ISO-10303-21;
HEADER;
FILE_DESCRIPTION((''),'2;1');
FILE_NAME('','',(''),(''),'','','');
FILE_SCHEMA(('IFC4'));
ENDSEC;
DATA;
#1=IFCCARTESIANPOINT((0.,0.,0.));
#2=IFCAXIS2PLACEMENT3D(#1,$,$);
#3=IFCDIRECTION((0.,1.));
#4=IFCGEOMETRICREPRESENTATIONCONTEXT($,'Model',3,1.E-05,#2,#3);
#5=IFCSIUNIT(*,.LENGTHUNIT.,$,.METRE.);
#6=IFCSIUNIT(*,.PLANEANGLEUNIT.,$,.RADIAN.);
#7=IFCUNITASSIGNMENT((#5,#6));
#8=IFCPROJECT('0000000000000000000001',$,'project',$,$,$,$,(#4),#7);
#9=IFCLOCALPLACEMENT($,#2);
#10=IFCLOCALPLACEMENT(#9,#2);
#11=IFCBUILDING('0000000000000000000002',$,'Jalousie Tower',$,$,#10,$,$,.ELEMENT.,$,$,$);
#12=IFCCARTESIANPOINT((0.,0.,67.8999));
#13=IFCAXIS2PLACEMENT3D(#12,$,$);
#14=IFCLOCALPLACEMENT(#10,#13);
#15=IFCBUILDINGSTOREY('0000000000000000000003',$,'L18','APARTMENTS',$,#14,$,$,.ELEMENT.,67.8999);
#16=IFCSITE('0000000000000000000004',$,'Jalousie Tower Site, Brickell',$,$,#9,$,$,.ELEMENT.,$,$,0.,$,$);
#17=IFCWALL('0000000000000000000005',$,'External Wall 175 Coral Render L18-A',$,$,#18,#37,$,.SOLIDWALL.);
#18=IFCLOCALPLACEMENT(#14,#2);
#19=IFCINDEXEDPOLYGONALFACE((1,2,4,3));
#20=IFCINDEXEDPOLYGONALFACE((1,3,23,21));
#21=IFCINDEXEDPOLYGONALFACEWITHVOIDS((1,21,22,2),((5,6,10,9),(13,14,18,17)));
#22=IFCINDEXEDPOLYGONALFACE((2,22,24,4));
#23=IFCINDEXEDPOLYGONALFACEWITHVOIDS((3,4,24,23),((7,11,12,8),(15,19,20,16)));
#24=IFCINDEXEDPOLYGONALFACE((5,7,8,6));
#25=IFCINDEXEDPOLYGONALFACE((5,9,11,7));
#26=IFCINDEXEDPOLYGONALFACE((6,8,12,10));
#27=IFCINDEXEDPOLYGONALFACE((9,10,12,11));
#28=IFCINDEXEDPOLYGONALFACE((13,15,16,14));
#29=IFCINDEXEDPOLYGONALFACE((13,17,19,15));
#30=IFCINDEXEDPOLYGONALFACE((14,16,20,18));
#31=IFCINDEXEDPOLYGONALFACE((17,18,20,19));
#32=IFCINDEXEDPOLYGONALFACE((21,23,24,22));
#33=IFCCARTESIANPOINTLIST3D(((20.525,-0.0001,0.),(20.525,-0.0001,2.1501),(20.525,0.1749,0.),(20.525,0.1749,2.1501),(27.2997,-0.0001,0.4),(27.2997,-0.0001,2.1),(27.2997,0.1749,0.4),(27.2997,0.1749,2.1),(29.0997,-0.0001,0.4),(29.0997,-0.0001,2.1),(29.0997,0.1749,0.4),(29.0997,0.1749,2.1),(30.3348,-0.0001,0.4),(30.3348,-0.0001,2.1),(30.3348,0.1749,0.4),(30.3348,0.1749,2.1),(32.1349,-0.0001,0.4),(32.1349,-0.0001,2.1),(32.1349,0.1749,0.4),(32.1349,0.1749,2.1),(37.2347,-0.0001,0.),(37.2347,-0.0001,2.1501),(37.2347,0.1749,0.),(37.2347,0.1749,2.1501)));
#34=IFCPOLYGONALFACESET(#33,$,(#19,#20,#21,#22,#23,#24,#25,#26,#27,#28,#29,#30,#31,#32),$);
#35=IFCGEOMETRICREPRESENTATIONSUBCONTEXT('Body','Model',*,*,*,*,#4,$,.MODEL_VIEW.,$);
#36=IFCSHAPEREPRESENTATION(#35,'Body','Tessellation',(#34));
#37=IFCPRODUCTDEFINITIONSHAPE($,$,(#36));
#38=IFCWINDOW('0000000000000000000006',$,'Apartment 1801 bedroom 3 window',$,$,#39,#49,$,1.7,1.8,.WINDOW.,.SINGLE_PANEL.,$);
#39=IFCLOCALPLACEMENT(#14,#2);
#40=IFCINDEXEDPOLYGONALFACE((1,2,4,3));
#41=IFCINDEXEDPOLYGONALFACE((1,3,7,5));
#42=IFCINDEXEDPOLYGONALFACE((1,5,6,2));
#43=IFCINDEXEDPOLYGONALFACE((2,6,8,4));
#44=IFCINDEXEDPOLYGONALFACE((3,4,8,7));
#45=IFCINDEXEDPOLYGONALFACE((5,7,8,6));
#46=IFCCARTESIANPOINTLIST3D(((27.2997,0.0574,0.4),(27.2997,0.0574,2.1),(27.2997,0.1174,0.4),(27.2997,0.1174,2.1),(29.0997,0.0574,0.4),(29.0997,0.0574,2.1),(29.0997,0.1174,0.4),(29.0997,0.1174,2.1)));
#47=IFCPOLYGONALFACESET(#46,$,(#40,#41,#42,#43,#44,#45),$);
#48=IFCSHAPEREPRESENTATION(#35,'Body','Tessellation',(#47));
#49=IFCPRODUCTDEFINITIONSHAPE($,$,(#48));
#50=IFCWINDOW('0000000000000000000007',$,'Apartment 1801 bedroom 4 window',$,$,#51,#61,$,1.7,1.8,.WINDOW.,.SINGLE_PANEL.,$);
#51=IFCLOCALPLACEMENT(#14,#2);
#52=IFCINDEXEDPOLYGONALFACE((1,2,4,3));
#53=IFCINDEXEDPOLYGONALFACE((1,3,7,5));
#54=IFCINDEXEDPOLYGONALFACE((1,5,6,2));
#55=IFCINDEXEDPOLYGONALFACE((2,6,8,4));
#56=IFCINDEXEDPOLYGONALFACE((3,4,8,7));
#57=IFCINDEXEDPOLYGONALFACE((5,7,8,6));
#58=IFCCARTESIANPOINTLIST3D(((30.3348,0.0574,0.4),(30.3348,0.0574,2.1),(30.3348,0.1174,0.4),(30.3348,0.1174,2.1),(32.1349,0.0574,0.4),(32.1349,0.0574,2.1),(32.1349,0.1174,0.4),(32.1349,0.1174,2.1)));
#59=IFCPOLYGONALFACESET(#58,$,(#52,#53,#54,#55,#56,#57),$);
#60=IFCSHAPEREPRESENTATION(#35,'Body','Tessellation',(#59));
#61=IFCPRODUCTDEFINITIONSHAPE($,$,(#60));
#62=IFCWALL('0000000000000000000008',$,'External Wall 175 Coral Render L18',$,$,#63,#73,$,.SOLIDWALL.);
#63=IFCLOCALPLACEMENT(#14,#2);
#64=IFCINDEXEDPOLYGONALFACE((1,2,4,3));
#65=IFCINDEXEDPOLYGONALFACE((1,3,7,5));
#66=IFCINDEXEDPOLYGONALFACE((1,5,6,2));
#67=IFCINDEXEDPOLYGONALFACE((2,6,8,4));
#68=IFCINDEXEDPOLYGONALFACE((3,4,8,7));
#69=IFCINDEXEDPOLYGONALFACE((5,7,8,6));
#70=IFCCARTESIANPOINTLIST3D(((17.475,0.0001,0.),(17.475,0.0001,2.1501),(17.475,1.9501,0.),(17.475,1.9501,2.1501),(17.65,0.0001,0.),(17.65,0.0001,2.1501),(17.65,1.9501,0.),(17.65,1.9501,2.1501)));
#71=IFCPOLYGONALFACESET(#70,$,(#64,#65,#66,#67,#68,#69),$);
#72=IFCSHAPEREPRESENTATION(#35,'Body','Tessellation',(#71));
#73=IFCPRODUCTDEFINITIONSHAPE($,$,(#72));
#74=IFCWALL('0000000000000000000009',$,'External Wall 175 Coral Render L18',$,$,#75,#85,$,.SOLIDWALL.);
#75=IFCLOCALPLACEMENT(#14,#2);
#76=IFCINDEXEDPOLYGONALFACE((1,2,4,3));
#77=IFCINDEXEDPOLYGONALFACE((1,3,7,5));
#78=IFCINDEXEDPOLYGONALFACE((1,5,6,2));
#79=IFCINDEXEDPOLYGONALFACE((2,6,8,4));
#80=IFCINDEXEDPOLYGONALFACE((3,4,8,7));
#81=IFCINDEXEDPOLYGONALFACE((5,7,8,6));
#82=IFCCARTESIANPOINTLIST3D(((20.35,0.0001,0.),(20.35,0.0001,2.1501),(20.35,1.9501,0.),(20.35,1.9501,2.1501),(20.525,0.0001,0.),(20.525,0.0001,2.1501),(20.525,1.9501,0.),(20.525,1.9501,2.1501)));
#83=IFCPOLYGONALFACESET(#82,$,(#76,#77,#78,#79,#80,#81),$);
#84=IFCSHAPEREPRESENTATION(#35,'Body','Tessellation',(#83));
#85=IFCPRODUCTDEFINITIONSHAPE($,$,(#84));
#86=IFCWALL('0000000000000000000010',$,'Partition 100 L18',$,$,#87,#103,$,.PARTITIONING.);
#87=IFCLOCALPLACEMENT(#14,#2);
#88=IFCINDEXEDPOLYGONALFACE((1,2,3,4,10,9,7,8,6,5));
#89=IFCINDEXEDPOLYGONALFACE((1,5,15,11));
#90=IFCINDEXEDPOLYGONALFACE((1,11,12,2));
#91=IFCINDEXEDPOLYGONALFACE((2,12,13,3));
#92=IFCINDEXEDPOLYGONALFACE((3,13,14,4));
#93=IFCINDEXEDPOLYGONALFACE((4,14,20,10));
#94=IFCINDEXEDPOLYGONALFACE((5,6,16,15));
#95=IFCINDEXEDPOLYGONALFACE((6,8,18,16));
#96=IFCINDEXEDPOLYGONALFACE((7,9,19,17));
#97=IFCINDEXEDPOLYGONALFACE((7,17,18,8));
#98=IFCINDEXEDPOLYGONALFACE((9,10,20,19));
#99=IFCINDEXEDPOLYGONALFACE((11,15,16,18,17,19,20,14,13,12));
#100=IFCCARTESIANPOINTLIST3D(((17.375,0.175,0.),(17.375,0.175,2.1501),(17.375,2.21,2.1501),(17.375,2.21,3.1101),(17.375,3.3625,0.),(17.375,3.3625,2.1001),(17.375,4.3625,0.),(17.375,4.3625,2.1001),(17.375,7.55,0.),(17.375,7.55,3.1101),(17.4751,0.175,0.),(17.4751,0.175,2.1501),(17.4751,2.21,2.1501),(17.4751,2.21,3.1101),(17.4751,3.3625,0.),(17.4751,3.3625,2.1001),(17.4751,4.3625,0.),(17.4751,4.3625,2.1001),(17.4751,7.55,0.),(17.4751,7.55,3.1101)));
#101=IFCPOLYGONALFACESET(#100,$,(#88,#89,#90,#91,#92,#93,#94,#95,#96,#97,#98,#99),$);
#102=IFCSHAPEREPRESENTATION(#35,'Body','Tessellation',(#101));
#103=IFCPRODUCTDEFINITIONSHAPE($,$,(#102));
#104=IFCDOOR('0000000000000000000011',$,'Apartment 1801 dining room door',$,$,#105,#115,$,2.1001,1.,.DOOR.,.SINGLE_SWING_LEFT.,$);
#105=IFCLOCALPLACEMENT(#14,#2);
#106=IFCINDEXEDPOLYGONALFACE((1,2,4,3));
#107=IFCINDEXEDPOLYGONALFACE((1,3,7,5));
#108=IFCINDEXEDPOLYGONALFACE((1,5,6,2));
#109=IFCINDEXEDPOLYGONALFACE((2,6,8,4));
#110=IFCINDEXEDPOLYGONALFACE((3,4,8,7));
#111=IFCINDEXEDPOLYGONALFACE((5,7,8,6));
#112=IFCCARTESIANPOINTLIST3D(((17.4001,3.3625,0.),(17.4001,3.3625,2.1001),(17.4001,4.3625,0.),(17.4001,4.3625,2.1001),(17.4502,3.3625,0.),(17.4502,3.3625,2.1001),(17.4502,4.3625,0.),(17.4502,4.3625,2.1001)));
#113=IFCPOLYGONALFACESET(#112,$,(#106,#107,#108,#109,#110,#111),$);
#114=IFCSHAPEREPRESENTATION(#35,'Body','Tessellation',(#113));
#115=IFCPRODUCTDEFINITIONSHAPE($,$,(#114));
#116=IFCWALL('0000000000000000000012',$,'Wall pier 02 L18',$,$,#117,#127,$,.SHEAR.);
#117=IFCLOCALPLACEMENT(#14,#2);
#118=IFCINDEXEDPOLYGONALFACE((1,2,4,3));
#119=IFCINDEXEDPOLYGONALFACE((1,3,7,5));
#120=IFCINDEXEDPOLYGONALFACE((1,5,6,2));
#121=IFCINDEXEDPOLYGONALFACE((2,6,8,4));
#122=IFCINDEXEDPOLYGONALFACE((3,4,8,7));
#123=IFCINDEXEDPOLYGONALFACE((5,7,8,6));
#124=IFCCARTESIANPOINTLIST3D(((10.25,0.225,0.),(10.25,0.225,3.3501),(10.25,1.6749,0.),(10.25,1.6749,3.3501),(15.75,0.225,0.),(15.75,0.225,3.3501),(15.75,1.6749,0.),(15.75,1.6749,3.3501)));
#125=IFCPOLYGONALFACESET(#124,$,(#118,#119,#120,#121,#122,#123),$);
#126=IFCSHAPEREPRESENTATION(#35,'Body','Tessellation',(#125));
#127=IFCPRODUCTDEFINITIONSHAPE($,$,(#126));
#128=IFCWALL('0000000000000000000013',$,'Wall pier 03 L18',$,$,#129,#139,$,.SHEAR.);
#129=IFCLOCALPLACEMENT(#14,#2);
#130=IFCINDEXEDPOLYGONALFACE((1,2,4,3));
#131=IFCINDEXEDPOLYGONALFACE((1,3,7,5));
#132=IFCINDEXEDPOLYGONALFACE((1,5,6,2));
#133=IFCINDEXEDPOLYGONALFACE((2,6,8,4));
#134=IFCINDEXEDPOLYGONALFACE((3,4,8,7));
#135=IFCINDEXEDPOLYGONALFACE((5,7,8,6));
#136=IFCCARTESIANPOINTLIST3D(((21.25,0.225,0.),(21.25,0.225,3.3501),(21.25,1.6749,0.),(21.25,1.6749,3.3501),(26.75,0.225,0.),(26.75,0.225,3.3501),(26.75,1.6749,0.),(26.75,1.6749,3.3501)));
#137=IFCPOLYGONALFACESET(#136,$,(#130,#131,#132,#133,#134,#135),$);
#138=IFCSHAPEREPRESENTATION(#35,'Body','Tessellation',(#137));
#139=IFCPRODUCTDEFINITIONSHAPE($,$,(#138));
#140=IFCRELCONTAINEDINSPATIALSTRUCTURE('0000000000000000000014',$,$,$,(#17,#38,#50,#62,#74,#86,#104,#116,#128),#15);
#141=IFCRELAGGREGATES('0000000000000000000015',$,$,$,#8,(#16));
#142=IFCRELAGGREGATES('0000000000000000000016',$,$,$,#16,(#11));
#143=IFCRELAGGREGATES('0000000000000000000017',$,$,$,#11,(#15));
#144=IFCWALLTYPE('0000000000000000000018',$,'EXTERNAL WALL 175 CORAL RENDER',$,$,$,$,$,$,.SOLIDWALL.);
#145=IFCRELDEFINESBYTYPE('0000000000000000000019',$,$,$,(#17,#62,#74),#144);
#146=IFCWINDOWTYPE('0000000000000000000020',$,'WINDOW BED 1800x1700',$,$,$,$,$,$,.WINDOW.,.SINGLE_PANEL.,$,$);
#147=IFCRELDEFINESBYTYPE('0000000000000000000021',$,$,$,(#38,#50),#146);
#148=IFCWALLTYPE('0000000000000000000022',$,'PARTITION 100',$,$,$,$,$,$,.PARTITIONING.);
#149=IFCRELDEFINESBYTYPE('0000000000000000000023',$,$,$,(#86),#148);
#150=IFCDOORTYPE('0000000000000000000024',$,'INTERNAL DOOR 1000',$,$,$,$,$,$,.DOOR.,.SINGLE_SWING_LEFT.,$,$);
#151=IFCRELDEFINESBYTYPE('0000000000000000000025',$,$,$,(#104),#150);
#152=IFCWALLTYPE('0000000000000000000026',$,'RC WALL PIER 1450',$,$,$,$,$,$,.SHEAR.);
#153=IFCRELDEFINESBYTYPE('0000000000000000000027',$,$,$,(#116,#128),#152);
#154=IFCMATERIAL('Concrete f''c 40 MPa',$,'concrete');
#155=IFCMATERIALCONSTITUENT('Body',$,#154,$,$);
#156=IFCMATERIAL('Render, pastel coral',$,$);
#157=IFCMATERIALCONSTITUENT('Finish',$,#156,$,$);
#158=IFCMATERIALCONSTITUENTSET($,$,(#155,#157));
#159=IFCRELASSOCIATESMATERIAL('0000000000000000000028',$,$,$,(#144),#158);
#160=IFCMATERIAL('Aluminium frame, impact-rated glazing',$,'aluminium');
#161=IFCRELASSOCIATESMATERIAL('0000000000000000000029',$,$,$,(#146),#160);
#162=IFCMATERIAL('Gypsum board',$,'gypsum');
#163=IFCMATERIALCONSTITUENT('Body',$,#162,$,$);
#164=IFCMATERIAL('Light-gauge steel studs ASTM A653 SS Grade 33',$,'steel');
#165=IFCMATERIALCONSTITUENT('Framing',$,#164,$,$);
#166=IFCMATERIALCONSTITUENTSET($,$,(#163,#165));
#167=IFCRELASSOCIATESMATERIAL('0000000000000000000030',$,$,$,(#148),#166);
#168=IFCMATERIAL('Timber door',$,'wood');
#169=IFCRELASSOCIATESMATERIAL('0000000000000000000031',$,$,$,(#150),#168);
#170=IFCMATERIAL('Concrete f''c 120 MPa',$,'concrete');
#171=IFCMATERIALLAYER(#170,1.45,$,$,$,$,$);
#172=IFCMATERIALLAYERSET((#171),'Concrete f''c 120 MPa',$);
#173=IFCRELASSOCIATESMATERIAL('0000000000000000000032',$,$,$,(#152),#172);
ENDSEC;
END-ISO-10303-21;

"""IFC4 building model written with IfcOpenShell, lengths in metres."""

from ifc_helpers import new_model, si_unit, direction, frame, frame_2d, origin, place, context, subcontext, project, spatial, polyline, rectangle, outline, extrude, material, layer, layer_set, constituent, constituent_set, type_object, element, fill, save


model = new_model("IFC4")

# Units and contexts
model_context = context("Model", 3, precision=1e-05, world=origin(), true_north=direction((0.0, 1.0)))
body_context = subcontext(model_context, "Body", "Model", "MODEL_VIEW")
ifc_project = project(units=[si_unit("LENGTHUNIT", "METRE"), si_unit("PLANEANGLEUNIT", "RADIAN")], contexts=[model_context])

# Site, building, storey
site_placement = place(None, origin())
site = spatial("IfcSite", under=ifc_project, at=site_placement, Name="Jalousie Tower Site, Brickell", CompositionType="ELEMENT", RefElevation=0.0)
building_placement = place(site_placement, origin())
building = spatial("IfcBuilding", under=site, at=building_placement, Name="Jalousie Tower", CompositionType="ELEMENT")
storey_placement = place(building_placement, frame((0.0, 0.0, 67.8999)))
storey = spatial("IfcBuildingStorey", under=building, at=storey_placement, Name="L18", Description="APARTMENTS", CompositionType="ELEMENT", Elevation=67.8999)

# Shared definitions
ifc_material_1 = material(Name="Concrete f'c 40 MPa", Category="concrete")
ifc_constituent_1 = constituent(ifc_material_1, Name="Body")
ifc_material_2 = material(Name="Render, pastel coral")
ifc_constituent_2 = constituent(ifc_material_2, Name="Finish")
ifc_constituent_set_1 = constituent_set(constituents=[ifc_constituent_1, ifc_constituent_2])
wall_type_1 = type_object("IfcWallType", Name="EXTERNAL WALL 175 CORAL RENDER", PredefinedType="SOLIDWALL", material=ifc_constituent_set_1)

# Wall, openings, windows
wall_1_placement = place(storey_placement, frame((20.5249, 0.0874, 0.0), z_axis=(0.0, 0.0, 1.0), x_axis=(1.0, 0.0, 0.0)))
wall_1 = element("IfcWall", 1, at=wall_1_placement, inside=storey, type_object=wall_type_1, Name="External Wall 175 Coral Render L18-A", PredefinedType="SOLIDWALL", context=body_context, shape_type="SweptSolid", body=[
    extrude(rectangle(XDim=16.7097, YDim=0.175, at=frame_2d((8.355, 0.0))), origin(), (0.0, 0.0, 1.0), 2.1501),
])
opening_1_placement = place(wall_1_placement, frame((6.7749, 0.0, 0.3999)))
opening_1 = element("IfcOpeningElement", 2, at=opening_1_placement, cuts=wall_1, PredefinedType="OPENING", context=body_context, shape_type="SweptSolid", body=[
    extrude(rectangle(XDim=1.8, YDim=1.7, at=frame_2d((0.8999, 0.8501))), frame((0.0, 0.0974, 0.0), z_axis=(0.0, -1.0, 0.0), x_axis=(1.0, 0.0, 0.0)), (0.0, 0.0, 1.0), 0.1951),
])
opening_2_placement = place(wall_1_placement, frame((9.8101, 0.0, 0.3999)))
opening_2 = element("IfcOpeningElement", 3, at=opening_2_placement, cuts=wall_1, PredefinedType="OPENING", context=body_context, shape_type="SweptSolid", body=[
    extrude(rectangle(XDim=1.8, YDim=1.7, at=frame_2d((0.8999, 0.8501))), frame((0.0, 0.0974, 0.0), z_axis=(0.0, -1.0, 0.0), x_axis=(1.0, 0.0, 0.0)), (0.0, 0.0, 1.0), 0.1951),
])
ifc_material_3 = material(Name="Aluminium frame, impact-rated glazing", Category="aluminium")
window_type_1 = type_object("IfcWindowType", Name="WINDOW BED 1800x1700", PartitioningType="SINGLE_PANEL", PredefinedType="WINDOW", material=ifc_material_3)
window_1_placement = place(opening_1_placement, origin())
window_1 = element("IfcWindow", 4, at=window_1_placement, inside=storey, type_object=window_type_1, Name="Apartment 1801 bedroom 3 window", OverallHeight=1.7, OverallWidth=1.8, PartitioningType="SINGLE_PANEL", PredefinedType="WINDOW", context=body_context, shape_type="SweptSolid", body=[
    extrude(rectangle(XDim=1.8, YDim=1.7, at=frame_2d((0.8999, 0.8501))), frame((0.0, 0.03, 0.0), z_axis=(0.0, -1.0, 0.0), x_axis=(1.0, 0.0, 0.0)), (0.0, 0.0, 1.0), 0.0601),
])
fill(opening_1, window_1)
window_2_placement = place(opening_2_placement, origin())
window_2 = element("IfcWindow", 5, at=window_2_placement, inside=storey, type_object=window_type_1, Name="Apartment 1801 bedroom 4 window", OverallHeight=1.7, OverallWidth=1.8, PartitioningType="SINGLE_PANEL", PredefinedType="WINDOW", context=body_context, shape_type="SweptSolid", body=[
    extrude(rectangle(XDim=1.8, YDim=1.7, at=frame_2d((0.8999, 0.8501))), frame((0.0, 0.03, 0.0), z_axis=(0.0, -1.0, 0.0), x_axis=(1.0, 0.0, 0.0)), (0.0, 0.0, 1.0), 0.0601),
])
fill(opening_2, window_2)

# Walls
for number, where, z_axis, x_axis, name in (
    (6, (17.5625, 0.0, 0.0), (0.0, 0.0, 1.0), (0.0, 1.0, 0.0), "External Wall 175 Coral Render L18"),
    (7, (20.4375, 0.0, 0.0), (0.0, 0.0, 1.0), (0.0, 1.0, 0.0), "External Wall 175 Coral Render L18"),
):
    element("IfcWall", number, at=place(storey_placement, frame(where, z_axis=z_axis, x_axis=x_axis)), inside=storey, type_object=wall_type_1, Name=name, PredefinedType="SOLIDWALL", context=body_context, shape_type="SweptSolid", body=[
        extrude(rectangle(XDim=1.95, YDim=0.175, at=frame_2d((0.9751, 0.0))), origin(), (0.0, 0.0, 1.0), 2.1501),
    ])

# Wall, opening, door
ifc_material_4 = material(Name="Gypsum board", Category="gypsum")
ifc_constituent_3 = constituent(ifc_material_4, Name="Body")
ifc_material_5 = material(Name="Light-gauge steel studs ASTM A653 SS Grade 33", Category="steel")
ifc_constituent_4 = constituent(ifc_material_5, Name="Framing")
ifc_constituent_set_2 = constituent_set(constituents=[ifc_constituent_3, ifc_constituent_4])
wall_type_2 = type_object("IfcWallType", Name="PARTITION 100", PredefinedType="PARTITIONING", material=ifc_constituent_set_2)
wall_2_placement = place(storey_placement, frame((17.425, 0.175, 0.0), z_axis=(0.0, 0.0, 1.0), x_axis=(0.0, 1.0, 0.0)))
wall_2 = element("IfcWall", 8, at=wall_2_placement, inside=storey, type_object=wall_type_2, Name="Partition 100 L18", PredefinedType="PARTITIONING", context=body_context, shape_type="SweptSolid", body=[
    extrude(outline(polyline([(0.0, 0.0), (7.375, 0.0), (7.375, 3.1101), (2.0349, 3.1101), (2.0349, 2.1501), (0.0, 2.1501), (0.0, 3.1101), (0.0, 0.0)])), frame((0.0, 0.05, 0.0), z_axis=(0.0, -1.0, 0.0), x_axis=(1.0, 0.0, 0.0)), (0.0, 0.0, 1.0), 0.1001),
])
opening_3_placement = place(wall_2_placement, frame((3.1875, 0.0, 0.0)))
opening_3 = element("IfcOpeningElement", 9, at=opening_3_placement, cuts=wall_2, PredefinedType="OPENING", context=body_context, shape_type="SweptSolid", body=[
    extrude(rectangle(XDim=1.0, YDim=2.1001, at=frame_2d((0.5, 1.05))), frame((0.0, 0.0601, 0.0), z_axis=(0.0, -1.0, 0.0), x_axis=(1.0, 0.0, 0.0)), (0.0, 0.0, 1.0), 0.1201),
])
ifc_material_6 = material(Name="Timber door", Category="wood")
door_type = type_object("IfcDoorType", Name="INTERNAL DOOR 1000", OperationType="SINGLE_SWING_LEFT", PredefinedType="DOOR", material=ifc_material_6)
door_placement = place(opening_3_placement, origin())
door = element("IfcDoor", 10, at=door_placement, inside=storey, type_object=door_type, Name="Apartment 1801 dining room door", OperationType="SINGLE_SWING_LEFT", OverallHeight=2.1001, OverallWidth=1.0, PredefinedType="DOOR", context=body_context, shape_type="SweptSolid", body=[
    extrude(rectangle(XDim=1.0, YDim=2.1001, at=frame_2d((0.5, 1.05))), frame((0.0, 0.0249, 0.0), z_axis=(0.0, -1.0, 0.0), x_axis=(1.0, 0.0, 0.0)), (0.0, 0.0, 1.0), 0.05),
])
fill(opening_3, door)

# Walls
ifc_material_7 = material(Name="Concrete f'c 120 MPa", Category="concrete")
ifc_layer_1 = layer(ifc_material_7, 1.45)
ifc_layer_set_1 = layer_set([ifc_layer_1], Name="Concrete f'c 120 MPa")
wall_type_3 = type_object("IfcWallType", Name="RC WALL PIER 1450", PredefinedType="SHEAR", material=ifc_layer_set_1)
for number, where, z_axis, x_axis, name in (
    (11, (10.25, 0.95, 0.0), (0.0, 0.0, 1.0), (1.0, 0.0, 0.0), "Wall pier 02 L18"),
    (12, (21.25, 0.95, 0.0), (0.0, 0.0, 1.0), (1.0, 0.0, 0.0), "Wall pier 03 L18"),
):
    element("IfcWall", number, at=place(storey_placement, frame(where, z_axis=z_axis, x_axis=x_axis)), inside=storey, type_object=wall_type_3, Name=name, PredefinedType="SHEAR", context=body_context, shape_type="SweptSolid", body=[
        extrude(rectangle(XDim=5.5, YDim=1.45, at=frame_2d((2.75, 0.0))), origin(), (0.0, 0.0, 1.0), 3.3501),
    ])

save(model, "model.ifc")
